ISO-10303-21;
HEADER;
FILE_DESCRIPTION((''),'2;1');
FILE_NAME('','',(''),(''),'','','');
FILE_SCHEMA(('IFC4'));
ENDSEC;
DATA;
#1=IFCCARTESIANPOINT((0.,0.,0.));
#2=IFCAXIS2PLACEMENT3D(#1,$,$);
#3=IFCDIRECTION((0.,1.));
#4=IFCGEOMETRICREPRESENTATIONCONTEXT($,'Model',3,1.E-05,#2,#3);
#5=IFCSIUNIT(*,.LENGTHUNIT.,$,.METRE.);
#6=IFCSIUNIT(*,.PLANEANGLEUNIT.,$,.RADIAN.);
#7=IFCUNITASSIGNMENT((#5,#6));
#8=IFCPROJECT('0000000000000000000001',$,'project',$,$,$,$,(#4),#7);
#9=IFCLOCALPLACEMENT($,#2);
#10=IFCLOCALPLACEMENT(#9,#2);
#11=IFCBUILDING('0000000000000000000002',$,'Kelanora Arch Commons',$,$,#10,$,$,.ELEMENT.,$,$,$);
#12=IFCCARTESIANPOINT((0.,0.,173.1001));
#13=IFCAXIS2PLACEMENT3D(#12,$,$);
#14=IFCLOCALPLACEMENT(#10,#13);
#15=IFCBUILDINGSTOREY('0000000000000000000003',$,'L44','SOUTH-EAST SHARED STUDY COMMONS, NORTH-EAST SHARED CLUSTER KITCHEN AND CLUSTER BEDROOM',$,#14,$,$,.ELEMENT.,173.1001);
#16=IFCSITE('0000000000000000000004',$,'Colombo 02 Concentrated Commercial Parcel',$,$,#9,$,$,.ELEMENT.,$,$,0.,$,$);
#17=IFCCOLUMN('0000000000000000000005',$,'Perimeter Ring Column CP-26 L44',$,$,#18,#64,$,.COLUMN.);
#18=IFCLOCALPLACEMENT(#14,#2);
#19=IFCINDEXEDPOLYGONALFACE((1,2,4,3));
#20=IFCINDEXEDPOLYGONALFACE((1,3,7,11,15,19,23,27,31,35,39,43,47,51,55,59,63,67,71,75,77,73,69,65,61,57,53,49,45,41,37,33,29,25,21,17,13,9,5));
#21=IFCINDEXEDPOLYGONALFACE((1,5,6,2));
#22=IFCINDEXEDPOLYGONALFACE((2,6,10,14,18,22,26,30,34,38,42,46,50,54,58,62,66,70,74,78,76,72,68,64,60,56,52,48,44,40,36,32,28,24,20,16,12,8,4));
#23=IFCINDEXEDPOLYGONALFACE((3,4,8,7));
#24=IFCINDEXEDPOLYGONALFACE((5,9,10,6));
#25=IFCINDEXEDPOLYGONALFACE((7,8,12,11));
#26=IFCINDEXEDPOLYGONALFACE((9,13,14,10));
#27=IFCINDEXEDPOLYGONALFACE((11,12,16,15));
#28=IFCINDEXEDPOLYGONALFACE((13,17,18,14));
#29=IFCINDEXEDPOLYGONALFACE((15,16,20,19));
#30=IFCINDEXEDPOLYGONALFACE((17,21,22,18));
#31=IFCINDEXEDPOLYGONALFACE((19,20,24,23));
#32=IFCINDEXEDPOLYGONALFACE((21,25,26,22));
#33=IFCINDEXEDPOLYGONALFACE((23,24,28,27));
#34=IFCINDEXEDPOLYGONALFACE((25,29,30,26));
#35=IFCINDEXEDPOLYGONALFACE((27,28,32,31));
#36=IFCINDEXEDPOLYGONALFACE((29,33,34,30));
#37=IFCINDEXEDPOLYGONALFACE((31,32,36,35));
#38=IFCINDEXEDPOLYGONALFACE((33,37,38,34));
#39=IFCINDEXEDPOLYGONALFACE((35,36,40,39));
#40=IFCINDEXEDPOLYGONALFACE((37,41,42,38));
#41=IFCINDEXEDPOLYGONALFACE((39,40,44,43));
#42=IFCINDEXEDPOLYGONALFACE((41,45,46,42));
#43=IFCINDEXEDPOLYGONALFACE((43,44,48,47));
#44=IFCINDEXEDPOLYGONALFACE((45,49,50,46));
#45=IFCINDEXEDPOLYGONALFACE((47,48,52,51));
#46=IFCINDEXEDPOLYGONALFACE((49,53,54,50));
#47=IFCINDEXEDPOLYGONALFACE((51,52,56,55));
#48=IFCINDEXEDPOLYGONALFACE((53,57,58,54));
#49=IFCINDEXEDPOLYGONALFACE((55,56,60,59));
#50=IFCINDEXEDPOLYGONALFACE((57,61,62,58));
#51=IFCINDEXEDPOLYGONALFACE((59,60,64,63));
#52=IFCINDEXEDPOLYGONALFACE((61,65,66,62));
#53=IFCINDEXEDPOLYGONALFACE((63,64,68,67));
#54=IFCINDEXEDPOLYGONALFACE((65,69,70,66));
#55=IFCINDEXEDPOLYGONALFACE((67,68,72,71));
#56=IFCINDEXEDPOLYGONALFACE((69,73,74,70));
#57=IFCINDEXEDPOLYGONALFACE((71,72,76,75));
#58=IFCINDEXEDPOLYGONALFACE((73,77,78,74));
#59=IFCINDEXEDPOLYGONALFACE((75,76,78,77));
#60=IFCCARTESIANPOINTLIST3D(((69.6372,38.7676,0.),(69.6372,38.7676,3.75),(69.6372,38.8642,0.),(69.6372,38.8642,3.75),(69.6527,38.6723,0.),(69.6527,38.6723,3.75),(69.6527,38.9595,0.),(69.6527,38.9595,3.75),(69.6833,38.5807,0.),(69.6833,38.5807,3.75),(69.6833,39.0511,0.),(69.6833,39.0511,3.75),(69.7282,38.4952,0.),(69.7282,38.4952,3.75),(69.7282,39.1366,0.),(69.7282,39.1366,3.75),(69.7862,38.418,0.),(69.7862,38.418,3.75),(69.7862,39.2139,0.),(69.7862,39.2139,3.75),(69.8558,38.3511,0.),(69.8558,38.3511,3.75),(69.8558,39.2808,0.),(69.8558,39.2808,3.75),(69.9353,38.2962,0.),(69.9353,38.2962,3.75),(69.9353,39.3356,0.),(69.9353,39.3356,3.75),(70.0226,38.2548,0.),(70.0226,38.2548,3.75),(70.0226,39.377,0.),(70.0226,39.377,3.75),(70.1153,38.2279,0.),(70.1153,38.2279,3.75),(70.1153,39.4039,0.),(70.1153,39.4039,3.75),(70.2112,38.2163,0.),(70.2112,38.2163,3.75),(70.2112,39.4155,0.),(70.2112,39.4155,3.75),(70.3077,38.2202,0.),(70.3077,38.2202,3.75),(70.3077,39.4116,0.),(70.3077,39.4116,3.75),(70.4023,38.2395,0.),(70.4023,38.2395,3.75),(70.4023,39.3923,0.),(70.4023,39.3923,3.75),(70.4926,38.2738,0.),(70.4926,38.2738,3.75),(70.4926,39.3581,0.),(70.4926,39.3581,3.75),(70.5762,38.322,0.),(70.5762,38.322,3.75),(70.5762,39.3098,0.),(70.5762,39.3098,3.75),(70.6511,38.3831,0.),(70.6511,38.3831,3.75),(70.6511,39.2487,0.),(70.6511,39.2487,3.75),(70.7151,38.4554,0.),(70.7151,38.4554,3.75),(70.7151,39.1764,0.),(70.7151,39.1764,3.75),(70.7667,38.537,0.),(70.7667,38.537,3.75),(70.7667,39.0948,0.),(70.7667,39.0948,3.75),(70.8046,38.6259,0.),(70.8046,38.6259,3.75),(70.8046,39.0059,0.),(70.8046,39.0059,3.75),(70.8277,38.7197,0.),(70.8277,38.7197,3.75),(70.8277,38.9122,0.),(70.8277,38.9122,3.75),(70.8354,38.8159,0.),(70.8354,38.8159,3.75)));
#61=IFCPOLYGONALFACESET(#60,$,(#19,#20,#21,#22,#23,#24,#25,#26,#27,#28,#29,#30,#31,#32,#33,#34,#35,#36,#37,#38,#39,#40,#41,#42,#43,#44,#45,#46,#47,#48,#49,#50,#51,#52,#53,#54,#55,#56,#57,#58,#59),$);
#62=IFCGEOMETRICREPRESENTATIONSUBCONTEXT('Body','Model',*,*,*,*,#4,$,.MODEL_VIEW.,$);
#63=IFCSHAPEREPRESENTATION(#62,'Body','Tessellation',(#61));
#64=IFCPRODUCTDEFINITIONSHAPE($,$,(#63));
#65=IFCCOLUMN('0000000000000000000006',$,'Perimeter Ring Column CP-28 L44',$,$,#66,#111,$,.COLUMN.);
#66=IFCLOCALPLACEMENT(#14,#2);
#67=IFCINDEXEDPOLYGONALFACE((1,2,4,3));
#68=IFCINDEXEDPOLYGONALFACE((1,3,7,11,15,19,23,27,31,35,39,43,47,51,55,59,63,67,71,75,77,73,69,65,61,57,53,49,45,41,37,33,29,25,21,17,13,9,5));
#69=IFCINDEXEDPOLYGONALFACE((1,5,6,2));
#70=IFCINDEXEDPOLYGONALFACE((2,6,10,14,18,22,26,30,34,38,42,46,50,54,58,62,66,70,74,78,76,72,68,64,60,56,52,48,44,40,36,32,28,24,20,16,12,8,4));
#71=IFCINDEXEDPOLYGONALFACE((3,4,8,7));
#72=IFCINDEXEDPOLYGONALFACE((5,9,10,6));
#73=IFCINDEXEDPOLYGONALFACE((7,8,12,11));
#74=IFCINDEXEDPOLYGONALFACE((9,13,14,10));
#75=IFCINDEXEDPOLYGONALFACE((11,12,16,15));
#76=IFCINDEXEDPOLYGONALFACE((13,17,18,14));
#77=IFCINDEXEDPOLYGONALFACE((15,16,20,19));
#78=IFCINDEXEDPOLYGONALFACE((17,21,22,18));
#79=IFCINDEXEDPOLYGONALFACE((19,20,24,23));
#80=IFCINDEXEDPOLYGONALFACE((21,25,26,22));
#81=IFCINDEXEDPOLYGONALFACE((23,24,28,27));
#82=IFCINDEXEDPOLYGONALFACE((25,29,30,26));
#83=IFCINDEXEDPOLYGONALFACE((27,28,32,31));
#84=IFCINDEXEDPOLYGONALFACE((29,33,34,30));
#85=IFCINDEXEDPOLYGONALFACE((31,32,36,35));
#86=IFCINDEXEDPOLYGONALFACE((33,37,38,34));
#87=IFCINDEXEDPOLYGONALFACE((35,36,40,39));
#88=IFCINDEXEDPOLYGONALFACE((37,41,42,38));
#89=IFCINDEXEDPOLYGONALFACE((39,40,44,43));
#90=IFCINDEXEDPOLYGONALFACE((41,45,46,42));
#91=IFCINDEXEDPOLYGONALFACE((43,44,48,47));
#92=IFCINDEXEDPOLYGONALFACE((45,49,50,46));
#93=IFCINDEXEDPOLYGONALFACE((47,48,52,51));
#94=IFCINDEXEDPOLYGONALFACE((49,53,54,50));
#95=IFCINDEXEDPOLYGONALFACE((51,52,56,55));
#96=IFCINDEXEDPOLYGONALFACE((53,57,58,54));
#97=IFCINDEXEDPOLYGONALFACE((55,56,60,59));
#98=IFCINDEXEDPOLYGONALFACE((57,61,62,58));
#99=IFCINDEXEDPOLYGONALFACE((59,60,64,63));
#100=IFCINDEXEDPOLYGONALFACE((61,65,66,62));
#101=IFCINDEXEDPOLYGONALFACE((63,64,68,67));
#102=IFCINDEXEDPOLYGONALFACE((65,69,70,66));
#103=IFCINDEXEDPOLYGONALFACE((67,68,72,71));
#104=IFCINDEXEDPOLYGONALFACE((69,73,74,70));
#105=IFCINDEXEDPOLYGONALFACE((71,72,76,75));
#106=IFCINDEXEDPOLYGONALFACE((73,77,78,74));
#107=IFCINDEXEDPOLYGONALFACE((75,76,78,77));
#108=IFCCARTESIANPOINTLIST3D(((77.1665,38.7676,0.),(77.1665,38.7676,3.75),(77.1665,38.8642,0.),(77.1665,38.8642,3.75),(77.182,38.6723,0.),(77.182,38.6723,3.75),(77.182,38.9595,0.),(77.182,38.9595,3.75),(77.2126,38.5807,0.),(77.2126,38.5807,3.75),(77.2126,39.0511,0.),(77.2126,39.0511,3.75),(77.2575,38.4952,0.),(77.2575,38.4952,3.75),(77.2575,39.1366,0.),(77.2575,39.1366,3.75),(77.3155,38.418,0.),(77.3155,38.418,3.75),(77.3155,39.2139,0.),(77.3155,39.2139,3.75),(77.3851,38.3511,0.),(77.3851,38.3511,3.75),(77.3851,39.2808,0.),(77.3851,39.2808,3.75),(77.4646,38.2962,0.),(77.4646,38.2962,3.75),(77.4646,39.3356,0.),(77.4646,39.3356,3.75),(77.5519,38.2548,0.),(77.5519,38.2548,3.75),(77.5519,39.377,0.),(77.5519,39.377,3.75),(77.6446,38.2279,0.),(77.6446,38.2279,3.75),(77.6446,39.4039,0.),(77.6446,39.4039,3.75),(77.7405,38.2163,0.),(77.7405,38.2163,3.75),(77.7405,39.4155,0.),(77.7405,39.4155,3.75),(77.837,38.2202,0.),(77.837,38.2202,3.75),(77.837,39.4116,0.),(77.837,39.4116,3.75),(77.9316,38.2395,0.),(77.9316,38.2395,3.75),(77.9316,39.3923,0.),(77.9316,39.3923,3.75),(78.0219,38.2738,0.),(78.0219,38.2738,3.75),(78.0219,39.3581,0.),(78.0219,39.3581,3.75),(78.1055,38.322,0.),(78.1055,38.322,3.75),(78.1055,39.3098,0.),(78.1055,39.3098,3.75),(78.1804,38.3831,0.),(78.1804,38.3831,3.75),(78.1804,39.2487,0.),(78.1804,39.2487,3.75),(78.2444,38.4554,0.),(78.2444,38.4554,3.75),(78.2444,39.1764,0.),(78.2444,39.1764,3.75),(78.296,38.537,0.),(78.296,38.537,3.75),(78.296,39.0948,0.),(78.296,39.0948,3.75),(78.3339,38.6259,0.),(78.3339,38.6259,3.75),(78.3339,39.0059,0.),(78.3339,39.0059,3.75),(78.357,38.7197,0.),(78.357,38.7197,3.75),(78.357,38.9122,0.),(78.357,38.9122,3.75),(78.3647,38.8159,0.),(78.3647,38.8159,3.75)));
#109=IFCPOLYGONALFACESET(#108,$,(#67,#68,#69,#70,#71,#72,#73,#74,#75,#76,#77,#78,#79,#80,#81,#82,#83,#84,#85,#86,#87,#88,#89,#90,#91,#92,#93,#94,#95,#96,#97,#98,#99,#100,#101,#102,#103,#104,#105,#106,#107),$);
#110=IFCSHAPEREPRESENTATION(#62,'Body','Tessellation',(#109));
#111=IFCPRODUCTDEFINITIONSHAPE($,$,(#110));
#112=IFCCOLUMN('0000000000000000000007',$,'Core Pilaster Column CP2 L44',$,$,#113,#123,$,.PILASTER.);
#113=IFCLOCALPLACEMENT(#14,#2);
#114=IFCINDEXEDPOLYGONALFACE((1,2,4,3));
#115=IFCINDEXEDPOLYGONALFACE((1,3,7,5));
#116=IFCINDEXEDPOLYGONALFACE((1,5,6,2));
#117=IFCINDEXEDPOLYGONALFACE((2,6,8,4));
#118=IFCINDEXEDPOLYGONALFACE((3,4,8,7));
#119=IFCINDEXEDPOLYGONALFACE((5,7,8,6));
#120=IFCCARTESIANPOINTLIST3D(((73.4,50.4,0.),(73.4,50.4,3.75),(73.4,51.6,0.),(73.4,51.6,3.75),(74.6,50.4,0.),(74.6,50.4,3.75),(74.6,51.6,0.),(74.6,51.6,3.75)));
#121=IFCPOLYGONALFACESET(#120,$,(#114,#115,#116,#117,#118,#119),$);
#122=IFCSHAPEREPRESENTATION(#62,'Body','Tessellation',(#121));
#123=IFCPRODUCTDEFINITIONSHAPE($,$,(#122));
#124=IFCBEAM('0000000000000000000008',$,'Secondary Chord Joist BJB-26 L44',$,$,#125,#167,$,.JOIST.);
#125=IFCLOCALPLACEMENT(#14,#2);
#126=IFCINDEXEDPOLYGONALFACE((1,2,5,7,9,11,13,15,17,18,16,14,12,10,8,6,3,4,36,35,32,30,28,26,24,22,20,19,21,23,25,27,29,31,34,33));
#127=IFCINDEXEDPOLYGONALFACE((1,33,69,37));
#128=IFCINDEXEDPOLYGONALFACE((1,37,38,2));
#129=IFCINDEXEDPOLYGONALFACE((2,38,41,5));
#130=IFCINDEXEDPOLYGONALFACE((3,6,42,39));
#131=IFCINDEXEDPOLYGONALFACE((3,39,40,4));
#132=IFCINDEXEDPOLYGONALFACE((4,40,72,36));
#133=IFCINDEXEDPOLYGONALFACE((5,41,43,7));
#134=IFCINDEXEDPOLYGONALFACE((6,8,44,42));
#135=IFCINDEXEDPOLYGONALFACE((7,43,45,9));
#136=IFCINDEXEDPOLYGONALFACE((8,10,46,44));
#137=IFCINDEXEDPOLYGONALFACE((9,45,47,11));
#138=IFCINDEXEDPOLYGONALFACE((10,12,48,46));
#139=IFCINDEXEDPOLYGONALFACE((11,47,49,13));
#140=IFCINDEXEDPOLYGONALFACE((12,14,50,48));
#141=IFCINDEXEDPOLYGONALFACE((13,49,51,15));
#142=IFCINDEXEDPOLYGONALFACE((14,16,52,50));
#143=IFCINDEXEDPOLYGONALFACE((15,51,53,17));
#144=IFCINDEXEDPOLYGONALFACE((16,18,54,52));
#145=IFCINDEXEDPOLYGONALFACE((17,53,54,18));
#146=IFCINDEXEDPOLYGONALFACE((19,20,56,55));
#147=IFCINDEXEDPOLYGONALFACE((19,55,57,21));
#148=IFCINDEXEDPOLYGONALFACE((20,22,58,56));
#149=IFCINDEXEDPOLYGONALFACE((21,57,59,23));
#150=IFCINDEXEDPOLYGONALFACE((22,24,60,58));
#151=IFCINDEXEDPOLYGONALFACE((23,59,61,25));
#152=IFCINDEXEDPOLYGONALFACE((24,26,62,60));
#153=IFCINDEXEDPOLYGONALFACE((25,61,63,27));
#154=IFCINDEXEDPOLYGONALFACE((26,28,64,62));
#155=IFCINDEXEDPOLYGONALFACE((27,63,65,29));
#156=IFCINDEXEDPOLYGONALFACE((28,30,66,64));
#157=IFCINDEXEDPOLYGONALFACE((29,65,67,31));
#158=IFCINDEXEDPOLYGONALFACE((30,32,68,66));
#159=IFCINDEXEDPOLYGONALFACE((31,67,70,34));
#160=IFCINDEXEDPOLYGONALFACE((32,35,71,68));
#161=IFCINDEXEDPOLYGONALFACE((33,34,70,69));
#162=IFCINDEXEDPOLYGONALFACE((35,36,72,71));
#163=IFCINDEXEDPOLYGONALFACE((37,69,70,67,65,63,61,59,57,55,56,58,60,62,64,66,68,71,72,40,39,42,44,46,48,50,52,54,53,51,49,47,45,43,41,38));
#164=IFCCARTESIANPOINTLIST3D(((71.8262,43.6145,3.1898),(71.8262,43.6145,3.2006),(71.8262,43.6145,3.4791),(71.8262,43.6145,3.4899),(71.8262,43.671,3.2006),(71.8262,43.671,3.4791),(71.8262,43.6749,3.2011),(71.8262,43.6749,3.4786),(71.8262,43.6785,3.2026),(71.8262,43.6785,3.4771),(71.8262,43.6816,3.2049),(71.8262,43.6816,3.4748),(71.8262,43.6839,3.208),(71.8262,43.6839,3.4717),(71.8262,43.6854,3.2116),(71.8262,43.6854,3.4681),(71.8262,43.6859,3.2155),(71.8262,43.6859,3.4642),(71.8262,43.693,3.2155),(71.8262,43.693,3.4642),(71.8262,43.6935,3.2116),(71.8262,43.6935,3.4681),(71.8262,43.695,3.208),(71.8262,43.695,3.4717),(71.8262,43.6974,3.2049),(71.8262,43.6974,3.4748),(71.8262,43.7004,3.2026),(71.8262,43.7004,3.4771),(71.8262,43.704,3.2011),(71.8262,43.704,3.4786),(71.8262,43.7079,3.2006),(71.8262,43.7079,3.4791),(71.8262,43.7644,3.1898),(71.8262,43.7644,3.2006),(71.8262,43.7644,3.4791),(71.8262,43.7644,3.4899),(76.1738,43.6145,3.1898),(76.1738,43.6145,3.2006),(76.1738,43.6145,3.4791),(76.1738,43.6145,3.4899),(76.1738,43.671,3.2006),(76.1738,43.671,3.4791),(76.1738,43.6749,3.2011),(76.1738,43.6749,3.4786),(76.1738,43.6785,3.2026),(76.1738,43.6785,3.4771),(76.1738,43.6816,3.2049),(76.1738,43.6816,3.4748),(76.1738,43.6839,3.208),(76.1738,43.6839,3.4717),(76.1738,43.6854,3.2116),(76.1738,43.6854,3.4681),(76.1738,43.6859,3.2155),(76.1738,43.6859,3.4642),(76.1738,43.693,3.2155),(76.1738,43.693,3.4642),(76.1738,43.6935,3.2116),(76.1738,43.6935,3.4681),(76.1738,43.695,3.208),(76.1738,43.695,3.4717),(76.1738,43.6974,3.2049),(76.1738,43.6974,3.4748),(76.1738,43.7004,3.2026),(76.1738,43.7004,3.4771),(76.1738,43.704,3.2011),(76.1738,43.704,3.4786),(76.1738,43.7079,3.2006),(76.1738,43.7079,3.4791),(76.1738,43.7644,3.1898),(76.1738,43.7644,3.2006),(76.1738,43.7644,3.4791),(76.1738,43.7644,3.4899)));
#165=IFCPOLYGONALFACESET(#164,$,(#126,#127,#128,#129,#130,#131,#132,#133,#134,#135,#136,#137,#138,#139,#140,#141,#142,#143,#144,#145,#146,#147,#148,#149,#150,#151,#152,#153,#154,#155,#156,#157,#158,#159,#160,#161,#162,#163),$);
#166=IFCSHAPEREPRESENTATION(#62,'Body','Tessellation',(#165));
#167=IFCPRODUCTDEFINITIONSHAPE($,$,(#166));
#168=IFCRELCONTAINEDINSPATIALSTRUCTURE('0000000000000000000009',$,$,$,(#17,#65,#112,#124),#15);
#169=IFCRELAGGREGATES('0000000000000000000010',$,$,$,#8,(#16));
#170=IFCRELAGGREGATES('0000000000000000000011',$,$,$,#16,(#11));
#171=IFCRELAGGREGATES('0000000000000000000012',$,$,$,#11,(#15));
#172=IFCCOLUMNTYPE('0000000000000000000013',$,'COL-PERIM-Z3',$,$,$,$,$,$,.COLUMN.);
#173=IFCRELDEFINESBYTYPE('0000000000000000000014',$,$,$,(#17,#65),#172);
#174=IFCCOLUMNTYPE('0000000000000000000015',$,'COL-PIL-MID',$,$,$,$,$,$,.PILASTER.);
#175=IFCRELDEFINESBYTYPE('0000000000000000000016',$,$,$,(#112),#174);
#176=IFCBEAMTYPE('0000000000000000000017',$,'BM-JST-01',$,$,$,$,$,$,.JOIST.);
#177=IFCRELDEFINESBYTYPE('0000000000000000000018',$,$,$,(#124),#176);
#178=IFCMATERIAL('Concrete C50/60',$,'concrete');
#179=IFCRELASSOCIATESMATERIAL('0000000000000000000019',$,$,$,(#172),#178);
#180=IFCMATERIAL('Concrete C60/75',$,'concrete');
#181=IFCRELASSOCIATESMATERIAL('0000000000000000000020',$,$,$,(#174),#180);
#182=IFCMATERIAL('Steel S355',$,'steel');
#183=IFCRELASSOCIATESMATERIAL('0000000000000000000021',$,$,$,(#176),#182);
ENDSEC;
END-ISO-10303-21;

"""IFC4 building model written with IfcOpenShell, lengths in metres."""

from ifc_helpers import new_model, si_unit, direction, frame, origin, origin_2d, place, context, subcontext, project, spatial, rectangle, circle, i_section, extrude, material, material_profile, profile_set, type_object, element, save


model = new_model("IFC4")

# Units and contexts
model_context = context("Model", 3, precision=1e-05, world=origin(), true_north=direction((0.0, 1.0)))
body_context = subcontext(model_context, "Body", "Model", "MODEL_VIEW")
ifc_project = project(units=[si_unit("LENGTHUNIT", "METRE"), si_unit("PLANEANGLEUNIT", "RADIAN")], contexts=[model_context])

# Site, building, storey
site_placement = place(None, origin())
site = spatial("IfcSite", under=ifc_project, at=site_placement, Name="Colombo 02 Concentrated Commercial Parcel", CompositionType="ELEMENT", RefElevation=0.0)
building_placement = place(site_placement, origin())
building = spatial("IfcBuilding", under=site, at=building_placement, Name="Kelanora Arch Commons", CompositionType="ELEMENT")
storey_placement = place(building_placement, frame((0.0, 0.0, 173.1001)))
storey = spatial("IfcBuildingStorey", under=building, at=storey_placement, Name="L44", Description="SOUTH-EAST SHARED STUDY COMMONS, NORTH-EAST SHARED CLUSTER KITCHEN AND CLUSTER BEDROOM", CompositionType="ELEMENT", Elevation=173.1001)

# Columns
ifc_material_1 = material(Name="Concrete C50/60", Category="concrete")
ifc_material_profile_1 = material_profile(ifc_material_1, circle(Radius=0.6001, at=origin_2d()), Name="RCC1200")
ifc_profile_set_1 = profile_set([ifc_material_profile_1], Name="Concrete C50/60")
column_type_1 = type_object("IfcColumnType", Name="COL-PERIM-Z3", PredefinedType="COLUMN", material=ifc_profile_set_1)
for number, where, z_axis, x_axis, name in (
    (1, (70.2354, 38.8159, 0.0), (0.0, 0.0, 1.0), (1.0, 0.0, 0.0), "Perimeter Ring Column CP-26 L44"),
    (2, (77.7646, 38.8159, 0.0), (0.0, 0.0, 1.0), (1.0, 0.0, 0.0), "Perimeter Ring Column CP-28 L44"),
):
    element("IfcColumn", number, at=place(storey_placement, frame(where, z_axis=z_axis, x_axis=x_axis)), inside=storey, type_object=column_type_1, Name=name, PredefinedType="COLUMN", context=body_context, shape_type="SweptSolid", body=[
        extrude(circle(Radius=0.6001, at=origin_2d()), origin(), (0.0, 0.0, 1.0), 3.75),
    ])
ifc_material_2 = material(Name="Concrete C60/75", Category="concrete")
ifc_material_profile_2 = material_profile(ifc_material_2, rectangle(XDim=1.2, YDim=1.2, at=origin_2d()), Name="RC1200x1200")
ifc_profile_set_2 = profile_set([ifc_material_profile_2], Name="Concrete C60/75")
column_type_2 = type_object("IfcColumnType", Name="COL-PIL-MID", PredefinedType="PILASTER", material=ifc_profile_set_2)
column_placement = place(storey_placement, frame((74.0, 51.0, 0.0), z_axis=(0.0, 0.0, 1.0), x_axis=(1.0, 0.0, 0.0)))
element("IfcColumn", 3, at=column_placement, inside=storey, type_object=column_type_2, Name="Core Pilaster Column CP2 L44", PredefinedType="PILASTER", context=body_context, shape_type="SweptSolid", body=[
    extrude(rectangle(XDim=1.2, YDim=1.2, at=origin_2d()), origin(), (0.0, 0.0, 1.0), 3.75),
])

# Beam
ifc_material_3 = material(Name="Steel S355", Category="steel")
ifc_material_profile_3 = material_profile(ifc_material_3, i_section(OverallWidth=0.1499, OverallDepth=0.3, WebThickness=0.0071, FlangeThickness=0.0107, FilletRadius=0.0149, at=origin_2d()), Name="IPE300")
ifc_profile_set_3 = profile_set([ifc_material_profile_3], Name="Steel S355")
beam_type_1 = type_object("IfcBeamType", Name="BM-JST-01", PredefinedType="JOIST", material=ifc_profile_set_3)
beam_1_placement = place(storey_placement, frame((71.8262, 43.6895, 3.3398), z_axis=(1.0, 0.0, 0.0), x_axis=(0.0, 1.0, 0.0)))
element("IfcBeam", 4, at=beam_1_placement, inside=storey, type_object=beam_type_1, Name="Secondary Chord Joist BJB-26 L44", PredefinedType="JOIST", context=body_context, shape_type="SweptSolid", body=[
    extrude(i_section(OverallWidth=0.1499, OverallDepth=0.3, WebThickness=0.0071, FlangeThickness=0.0107, FilletRadius=0.0149, at=origin_2d()), origin(), (0.0, 0.0, 1.0), 4.3477),
])

save(model, "model.ifc")
